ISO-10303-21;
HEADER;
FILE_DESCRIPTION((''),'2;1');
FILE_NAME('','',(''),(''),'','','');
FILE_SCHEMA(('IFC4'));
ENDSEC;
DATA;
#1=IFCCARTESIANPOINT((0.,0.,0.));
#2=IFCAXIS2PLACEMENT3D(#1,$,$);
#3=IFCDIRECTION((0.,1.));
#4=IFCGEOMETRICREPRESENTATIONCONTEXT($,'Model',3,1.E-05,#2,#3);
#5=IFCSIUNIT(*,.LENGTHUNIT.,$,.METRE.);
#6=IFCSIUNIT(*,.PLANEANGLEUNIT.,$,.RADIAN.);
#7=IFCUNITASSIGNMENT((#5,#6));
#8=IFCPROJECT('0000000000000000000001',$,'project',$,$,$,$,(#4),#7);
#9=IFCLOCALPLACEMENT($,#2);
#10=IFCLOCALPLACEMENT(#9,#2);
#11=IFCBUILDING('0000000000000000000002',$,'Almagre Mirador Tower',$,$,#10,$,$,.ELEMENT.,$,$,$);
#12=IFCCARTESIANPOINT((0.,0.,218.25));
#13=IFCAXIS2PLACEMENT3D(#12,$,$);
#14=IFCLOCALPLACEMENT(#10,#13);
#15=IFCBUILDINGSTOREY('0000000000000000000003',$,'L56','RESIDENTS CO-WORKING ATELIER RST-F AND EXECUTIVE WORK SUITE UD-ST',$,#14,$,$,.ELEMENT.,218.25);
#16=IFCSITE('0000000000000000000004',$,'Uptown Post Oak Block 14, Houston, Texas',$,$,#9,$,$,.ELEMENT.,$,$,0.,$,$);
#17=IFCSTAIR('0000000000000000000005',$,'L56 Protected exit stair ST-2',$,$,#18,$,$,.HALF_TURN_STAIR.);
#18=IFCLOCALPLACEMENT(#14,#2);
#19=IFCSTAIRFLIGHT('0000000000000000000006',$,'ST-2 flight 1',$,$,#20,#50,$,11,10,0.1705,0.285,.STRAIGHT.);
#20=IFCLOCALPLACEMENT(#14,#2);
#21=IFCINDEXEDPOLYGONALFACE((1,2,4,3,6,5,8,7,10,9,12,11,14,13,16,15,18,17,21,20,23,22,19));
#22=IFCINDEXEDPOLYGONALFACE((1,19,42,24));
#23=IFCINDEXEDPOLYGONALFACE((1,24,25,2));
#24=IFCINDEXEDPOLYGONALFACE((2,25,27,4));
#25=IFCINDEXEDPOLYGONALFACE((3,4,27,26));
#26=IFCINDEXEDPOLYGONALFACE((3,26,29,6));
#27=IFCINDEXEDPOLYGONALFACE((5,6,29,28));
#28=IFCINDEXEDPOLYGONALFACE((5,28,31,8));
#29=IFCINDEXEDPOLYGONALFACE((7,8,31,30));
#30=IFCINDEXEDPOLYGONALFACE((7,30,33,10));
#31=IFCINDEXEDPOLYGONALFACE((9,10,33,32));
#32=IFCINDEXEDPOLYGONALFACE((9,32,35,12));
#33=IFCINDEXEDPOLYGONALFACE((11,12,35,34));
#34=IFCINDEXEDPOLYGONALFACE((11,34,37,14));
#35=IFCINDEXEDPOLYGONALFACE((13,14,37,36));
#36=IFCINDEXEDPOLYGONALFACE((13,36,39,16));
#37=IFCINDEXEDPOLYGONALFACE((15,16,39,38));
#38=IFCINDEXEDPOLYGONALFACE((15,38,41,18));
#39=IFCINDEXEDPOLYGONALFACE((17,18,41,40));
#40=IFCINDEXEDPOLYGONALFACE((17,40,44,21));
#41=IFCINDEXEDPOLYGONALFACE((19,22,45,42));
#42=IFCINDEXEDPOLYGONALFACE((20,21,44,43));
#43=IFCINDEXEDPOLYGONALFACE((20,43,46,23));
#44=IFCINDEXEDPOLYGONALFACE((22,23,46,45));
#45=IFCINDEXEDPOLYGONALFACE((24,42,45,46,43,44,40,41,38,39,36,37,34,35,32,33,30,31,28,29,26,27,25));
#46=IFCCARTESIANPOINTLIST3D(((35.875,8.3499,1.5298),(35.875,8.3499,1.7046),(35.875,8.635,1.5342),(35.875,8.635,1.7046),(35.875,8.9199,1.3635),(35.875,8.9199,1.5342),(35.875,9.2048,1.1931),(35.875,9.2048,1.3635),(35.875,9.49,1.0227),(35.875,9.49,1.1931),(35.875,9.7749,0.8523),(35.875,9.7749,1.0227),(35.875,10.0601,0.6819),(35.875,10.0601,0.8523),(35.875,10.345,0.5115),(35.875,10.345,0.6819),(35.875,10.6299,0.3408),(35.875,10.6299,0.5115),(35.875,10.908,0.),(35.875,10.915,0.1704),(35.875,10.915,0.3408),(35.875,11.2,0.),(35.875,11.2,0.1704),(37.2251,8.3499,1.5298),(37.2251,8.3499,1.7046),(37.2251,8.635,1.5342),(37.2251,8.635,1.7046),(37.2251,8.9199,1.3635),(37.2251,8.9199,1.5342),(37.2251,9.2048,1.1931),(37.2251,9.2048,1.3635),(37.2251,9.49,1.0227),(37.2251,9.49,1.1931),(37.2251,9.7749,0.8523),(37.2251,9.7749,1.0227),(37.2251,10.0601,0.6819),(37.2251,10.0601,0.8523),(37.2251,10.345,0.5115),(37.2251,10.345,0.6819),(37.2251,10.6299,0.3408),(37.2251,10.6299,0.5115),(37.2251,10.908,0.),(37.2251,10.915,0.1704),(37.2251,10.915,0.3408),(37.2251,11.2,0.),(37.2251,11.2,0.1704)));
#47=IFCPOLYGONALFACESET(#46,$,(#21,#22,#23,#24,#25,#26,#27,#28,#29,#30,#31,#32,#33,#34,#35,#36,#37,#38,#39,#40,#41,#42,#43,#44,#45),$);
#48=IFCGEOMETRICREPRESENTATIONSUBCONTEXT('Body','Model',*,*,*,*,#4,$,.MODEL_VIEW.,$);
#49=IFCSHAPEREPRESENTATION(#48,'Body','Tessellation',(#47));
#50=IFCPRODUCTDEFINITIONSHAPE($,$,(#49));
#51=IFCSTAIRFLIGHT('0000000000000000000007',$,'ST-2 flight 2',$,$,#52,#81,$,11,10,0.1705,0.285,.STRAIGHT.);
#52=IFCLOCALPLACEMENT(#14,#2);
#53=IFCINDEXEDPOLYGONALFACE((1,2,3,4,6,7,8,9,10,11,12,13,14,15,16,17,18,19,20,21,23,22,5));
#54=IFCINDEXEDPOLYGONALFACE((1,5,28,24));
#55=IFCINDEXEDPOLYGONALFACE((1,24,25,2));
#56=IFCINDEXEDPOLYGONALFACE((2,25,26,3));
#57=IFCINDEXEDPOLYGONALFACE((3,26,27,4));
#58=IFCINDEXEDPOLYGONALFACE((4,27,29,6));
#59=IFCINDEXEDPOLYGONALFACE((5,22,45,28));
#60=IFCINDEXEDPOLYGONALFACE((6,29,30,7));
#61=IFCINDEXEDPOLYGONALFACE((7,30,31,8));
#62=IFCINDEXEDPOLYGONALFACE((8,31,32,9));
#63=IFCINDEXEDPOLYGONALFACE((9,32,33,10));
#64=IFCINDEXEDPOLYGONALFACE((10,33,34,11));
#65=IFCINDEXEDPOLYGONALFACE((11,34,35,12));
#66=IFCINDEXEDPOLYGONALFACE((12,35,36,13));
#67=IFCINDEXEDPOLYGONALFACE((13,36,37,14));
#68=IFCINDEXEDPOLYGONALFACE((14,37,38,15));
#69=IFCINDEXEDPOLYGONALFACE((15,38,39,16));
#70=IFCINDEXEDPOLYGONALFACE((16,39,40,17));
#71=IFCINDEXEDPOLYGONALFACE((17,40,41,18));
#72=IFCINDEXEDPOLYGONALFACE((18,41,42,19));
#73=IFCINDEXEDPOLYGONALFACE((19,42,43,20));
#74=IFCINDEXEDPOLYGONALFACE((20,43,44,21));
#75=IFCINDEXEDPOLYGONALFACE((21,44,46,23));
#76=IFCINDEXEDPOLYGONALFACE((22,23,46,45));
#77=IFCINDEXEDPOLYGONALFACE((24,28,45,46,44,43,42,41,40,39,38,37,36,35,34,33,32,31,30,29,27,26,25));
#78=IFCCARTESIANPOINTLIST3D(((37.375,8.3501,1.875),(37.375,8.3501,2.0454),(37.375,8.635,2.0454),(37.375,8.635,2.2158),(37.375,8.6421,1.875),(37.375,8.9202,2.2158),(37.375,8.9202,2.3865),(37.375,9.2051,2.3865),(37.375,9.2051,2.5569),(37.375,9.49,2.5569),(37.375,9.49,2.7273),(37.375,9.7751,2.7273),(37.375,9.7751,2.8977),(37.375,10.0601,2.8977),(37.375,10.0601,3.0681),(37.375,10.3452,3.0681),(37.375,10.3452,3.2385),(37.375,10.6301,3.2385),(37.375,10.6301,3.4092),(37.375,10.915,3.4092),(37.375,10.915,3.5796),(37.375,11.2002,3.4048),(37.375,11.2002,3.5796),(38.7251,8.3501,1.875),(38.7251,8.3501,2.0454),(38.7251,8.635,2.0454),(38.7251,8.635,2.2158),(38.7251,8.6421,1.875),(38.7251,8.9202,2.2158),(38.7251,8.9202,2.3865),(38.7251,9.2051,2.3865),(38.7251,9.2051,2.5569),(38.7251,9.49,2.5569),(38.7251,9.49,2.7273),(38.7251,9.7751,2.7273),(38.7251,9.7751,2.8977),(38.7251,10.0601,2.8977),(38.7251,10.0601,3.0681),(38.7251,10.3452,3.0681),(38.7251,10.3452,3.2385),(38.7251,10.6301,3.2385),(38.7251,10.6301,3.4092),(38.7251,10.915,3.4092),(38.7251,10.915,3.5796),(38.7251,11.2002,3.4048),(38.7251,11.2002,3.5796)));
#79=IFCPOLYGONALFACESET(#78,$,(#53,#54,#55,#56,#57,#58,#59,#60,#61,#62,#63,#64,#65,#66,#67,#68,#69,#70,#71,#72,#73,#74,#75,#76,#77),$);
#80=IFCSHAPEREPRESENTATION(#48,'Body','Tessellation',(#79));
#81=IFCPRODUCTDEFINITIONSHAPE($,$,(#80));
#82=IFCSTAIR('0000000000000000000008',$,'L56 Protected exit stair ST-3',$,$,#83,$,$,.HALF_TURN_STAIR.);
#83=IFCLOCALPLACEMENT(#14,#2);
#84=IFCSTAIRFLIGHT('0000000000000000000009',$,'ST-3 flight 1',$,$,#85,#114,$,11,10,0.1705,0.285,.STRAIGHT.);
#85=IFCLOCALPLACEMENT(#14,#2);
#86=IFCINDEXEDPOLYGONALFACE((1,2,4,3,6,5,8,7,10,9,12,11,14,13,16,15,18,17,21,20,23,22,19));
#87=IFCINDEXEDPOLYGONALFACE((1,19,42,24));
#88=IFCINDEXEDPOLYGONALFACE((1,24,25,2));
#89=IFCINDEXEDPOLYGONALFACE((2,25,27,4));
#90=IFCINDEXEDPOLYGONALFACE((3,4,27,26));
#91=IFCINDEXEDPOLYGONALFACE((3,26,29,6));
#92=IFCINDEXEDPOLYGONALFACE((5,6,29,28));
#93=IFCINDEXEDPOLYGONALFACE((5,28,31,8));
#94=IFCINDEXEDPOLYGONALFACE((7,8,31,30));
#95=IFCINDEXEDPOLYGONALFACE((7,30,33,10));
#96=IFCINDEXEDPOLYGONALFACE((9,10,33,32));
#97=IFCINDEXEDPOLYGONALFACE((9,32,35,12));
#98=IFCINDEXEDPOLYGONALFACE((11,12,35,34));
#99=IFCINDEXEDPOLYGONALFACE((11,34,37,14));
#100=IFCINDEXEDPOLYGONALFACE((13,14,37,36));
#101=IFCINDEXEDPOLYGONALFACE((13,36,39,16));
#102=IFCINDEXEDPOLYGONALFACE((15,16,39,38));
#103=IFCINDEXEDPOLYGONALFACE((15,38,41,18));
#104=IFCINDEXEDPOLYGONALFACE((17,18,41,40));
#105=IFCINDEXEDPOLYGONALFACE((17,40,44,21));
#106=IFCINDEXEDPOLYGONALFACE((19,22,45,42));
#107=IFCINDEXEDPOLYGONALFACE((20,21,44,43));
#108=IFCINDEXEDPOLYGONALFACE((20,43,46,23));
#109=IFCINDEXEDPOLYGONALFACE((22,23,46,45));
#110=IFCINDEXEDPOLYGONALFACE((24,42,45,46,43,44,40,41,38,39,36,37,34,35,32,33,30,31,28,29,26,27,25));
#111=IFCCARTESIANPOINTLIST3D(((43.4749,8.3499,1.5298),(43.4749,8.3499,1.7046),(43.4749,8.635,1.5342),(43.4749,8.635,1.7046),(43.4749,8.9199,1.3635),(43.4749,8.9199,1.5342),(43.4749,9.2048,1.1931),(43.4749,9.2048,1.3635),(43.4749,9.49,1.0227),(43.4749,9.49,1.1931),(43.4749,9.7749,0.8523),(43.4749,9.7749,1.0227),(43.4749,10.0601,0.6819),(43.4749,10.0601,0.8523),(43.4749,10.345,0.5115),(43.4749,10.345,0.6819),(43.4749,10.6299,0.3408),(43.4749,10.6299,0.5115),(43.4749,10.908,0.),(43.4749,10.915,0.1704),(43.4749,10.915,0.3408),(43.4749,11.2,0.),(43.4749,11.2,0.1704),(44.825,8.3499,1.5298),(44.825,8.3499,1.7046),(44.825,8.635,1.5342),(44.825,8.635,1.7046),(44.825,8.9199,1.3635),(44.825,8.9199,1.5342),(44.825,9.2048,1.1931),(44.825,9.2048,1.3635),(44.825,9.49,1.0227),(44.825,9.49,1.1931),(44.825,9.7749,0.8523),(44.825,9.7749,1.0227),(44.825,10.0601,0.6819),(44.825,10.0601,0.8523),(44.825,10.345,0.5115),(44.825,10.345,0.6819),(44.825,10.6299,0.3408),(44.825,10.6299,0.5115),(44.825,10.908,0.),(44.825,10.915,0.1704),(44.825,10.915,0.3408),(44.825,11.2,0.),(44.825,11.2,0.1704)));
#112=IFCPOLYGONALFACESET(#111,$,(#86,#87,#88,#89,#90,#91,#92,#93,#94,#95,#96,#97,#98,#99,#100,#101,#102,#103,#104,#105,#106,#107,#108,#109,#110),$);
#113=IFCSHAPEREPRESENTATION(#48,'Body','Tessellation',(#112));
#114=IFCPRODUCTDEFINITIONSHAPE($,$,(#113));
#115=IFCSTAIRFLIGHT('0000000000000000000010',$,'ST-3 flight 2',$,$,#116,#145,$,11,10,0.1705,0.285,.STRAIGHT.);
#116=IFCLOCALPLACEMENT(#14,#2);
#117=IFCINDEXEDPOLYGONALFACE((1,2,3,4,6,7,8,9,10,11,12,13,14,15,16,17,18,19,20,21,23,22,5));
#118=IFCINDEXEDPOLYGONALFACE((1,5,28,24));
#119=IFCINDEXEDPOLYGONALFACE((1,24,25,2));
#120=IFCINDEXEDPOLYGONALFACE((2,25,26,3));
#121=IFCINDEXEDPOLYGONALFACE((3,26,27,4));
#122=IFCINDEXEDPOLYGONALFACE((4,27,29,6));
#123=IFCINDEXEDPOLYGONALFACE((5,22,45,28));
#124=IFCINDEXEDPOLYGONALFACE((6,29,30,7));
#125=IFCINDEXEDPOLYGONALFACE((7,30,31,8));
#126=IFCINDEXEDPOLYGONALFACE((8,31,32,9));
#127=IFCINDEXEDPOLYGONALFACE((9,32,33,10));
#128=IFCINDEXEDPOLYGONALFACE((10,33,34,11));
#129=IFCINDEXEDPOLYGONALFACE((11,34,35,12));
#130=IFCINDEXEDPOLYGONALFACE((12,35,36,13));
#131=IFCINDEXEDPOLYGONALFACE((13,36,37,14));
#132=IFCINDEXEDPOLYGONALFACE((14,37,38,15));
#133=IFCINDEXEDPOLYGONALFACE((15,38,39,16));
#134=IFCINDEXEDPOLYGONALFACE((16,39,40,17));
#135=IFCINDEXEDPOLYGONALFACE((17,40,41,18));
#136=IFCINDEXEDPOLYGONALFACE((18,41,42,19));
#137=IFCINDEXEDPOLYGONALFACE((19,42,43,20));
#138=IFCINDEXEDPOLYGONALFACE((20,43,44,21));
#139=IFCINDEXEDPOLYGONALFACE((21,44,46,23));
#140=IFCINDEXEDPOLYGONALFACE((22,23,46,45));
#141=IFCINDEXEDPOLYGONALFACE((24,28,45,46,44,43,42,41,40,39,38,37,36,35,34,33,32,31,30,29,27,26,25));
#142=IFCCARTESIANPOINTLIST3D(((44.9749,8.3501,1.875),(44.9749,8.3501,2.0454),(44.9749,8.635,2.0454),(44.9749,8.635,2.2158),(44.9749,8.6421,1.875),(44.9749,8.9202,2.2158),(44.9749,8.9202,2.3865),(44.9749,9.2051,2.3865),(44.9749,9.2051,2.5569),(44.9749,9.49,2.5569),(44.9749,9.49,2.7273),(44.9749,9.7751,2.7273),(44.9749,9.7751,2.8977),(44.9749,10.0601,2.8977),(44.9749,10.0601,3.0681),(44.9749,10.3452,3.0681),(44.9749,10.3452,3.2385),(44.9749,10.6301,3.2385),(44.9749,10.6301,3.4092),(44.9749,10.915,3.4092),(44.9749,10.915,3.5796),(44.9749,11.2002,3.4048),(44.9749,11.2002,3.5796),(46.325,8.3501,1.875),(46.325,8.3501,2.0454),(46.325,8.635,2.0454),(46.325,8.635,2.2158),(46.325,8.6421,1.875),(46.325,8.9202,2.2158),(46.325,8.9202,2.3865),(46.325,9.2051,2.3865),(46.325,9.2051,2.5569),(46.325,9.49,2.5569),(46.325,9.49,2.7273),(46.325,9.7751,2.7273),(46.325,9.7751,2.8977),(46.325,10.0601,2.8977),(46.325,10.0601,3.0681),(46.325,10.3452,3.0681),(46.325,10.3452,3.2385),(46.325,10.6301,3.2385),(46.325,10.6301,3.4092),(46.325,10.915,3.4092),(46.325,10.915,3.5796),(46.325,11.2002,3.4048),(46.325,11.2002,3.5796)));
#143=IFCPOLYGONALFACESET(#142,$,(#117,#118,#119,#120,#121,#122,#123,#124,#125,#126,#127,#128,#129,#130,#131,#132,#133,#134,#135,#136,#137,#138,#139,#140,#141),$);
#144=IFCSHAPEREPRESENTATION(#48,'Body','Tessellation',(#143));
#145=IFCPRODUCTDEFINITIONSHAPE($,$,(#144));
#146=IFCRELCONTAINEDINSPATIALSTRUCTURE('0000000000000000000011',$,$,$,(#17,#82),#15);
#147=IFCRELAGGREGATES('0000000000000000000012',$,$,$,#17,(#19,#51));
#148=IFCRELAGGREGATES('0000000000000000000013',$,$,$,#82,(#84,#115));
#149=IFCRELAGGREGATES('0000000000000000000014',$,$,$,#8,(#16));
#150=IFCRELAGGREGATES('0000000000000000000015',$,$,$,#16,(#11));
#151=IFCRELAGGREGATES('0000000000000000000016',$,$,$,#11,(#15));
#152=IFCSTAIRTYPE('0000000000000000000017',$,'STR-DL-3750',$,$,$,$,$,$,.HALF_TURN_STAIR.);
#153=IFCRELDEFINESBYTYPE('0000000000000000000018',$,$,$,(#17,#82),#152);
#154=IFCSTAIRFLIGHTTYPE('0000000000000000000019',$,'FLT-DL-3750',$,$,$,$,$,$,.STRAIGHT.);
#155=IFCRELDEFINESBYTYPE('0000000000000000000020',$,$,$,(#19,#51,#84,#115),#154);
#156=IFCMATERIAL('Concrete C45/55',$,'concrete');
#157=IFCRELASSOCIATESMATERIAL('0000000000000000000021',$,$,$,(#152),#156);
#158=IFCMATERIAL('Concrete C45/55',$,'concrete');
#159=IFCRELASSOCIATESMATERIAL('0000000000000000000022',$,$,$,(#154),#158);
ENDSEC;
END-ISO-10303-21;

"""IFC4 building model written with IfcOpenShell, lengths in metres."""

from ifc_helpers import new_model, si_unit, direction, frame, origin, place, context, subcontext, project, spatial, polyline, outline, extrude, material, type_object, element, aggregate, save


model = new_model("IFC4")

# Units and contexts
model_context = context("Model", 3, precision=1e-05, world=origin(), true_north=direction((0.0, 1.0)))
body_context = subcontext(model_context, "Body", "Model", "MODEL_VIEW")
ifc_project = project(units=[si_unit("LENGTHUNIT", "METRE"), si_unit("PLANEANGLEUNIT", "RADIAN")], contexts=[model_context])

# Site, building, storey
site_placement = place(None, origin())
site = spatial("IfcSite", under=ifc_project, at=site_placement, Name="Uptown Post Oak Block 14, Houston, Texas", CompositionType="ELEMENT", RefElevation=0.0)
building_placement = place(site_placement, origin())
building = spatial("IfcBuilding", under=site, at=building_placement, Name="Almagre Mirador Tower", CompositionType="ELEMENT")
storey_placement = place(building_placement, frame((0.0, 0.0, 218.25)))
storey = spatial("IfcBuildingStorey", under=building, at=storey_placement, Name="L56", Description="RESIDENTS CO-WORKING ATELIER RST-F AND EXECUTIVE WORK SUITE UD-ST", CompositionType="ELEMENT", Elevation=218.25)

# Stairs, stair flights
ifc_material_1 = material(Name="Concrete C45/55", Category="concrete")
stair_type = type_object("IfcStairType", Name="STR-DL-3750", PredefinedType="HALF_TURN_STAIR", material=ifc_material_1)
stair_1_placement = place(storey_placement, origin())
stair_1 = element("IfcStair", 1, at=stair_1_placement, inside=storey, type_object=stair_type, Name="L56 Protected exit stair ST-2", PredefinedType="HALF_TURN_STAIR")
ifc_material_2 = material(Name="Concrete C45/55", Category="concrete")
stair_flight_type = type_object("IfcStairFlightType", Name="FLT-DL-3750", PredefinedType="STRAIGHT", material=ifc_material_2)
stair_flight_1_placement = place(storey_placement, frame((36.55, 11.2, 0.0), z_axis=(0.0, 0.0, 1.0), x_axis=(0.0, -1.0, 0.0)))
stair_flight_1 = element("IfcStairFlight", 2, at=stair_flight_1_placement, type_object=stair_flight_type, Name="ST-2 flight 1", NumberOfRisers=11, NumberOfTreads=10, PredefinedType="STRAIGHT", RiserHeight=0.1705, TreadLength=0.285, context=body_context, shape_type="SweptSolid", body=[
    extrude(outline(polyline([(0.0, 0.0), (0.0, 0.1704), (0.2849, 0.1704), (0.2849, 0.3408), (0.5701, 0.3408), (0.5701, 0.5115), (0.855, 0.5115), (0.855, 0.6819), (1.1399, 0.6819), (1.1399, 0.8523), (1.425, 0.8523), (1.425, 1.0227), (1.71, 1.0227), (1.71, 1.1931), (1.9951, 1.1931), (1.9951, 1.3635), (2.28, 1.3635), (2.28, 1.5342), (2.5649, 1.5342), (2.5649, 1.7046), (2.8501, 1.7046), (2.8501, 1.875), (2.8501, 1.5298), (0.292, 0.0), (0.0, 0.0)])), frame((0.0, 0.675, 0.0), z_axis=(0.0, -1.0, 0.0), x_axis=(1.0, 0.0, 0.0)), (0.0, 0.0, 1.0), 1.3501),
])
stair_flight_2_placement = place(storey_placement, frame((38.05, 8.3501, 1.875), z_axis=(0.0, 0.0, 1.0), x_axis=(0.0, 1.0, 0.0)))
stair_flight_2 = element("IfcStairFlight", 3, at=stair_flight_2_placement, type_object=stair_flight_type, Name="ST-2 flight 2", NumberOfRisers=11, NumberOfTreads=10, PredefinedType="STRAIGHT", RiserHeight=0.1705, TreadLength=0.285, context=body_context, shape_type="SweptSolid", body=[
    extrude(outline(polyline([(0.0, 0.0), (0.0, 0.1704), (0.2849, 0.1704), (0.2849, 0.3408), (0.5701, 0.3408), (0.5701, 0.5115), (0.855, 0.5115), (0.855, 0.6819), (1.1399, 0.6819), (1.1399, 0.8523), (1.425, 0.8523), (1.425, 1.0227), (1.71, 1.0227), (1.71, 1.1931), (1.9951, 1.1931), (1.9951, 1.3635), (2.28, 1.3635), (2.28, 1.5342), (2.5649, 1.5342), (2.5649, 1.7046), (2.8501, 1.7046), (2.8501, 1.875), (2.8501, 1.5298), (0.292, 0.0), (0.0, 0.0)])), frame((0.0, 0.675, 0.0), z_axis=(0.0, -1.0, 0.0), x_axis=(1.0, 0.0, 0.0)), (0.0, 0.0, 1.0), 1.3501),
])
aggregate(stair_1, [stair_flight_1, stair_flight_2])
stair_2_placement = place(storey_placement, origin())
stair_2 = element("IfcStair", 4, at=stair_2_placement, inside=storey, type_object=stair_type, Name="L56 Protected exit stair ST-3", PredefinedType="HALF_TURN_STAIR")
stair_flight_3_placement = place(storey_placement, frame((44.1499, 11.2, 0.0), z_axis=(0.0, 0.0, 1.0), x_axis=(0.0, -1.0, 0.0)))
stair_flight_3 = element("IfcStairFlight", 5, at=stair_flight_3_placement, type_object=stair_flight_type, Name="ST-3 flight 1", NumberOfRisers=11, NumberOfTreads=10, PredefinedType="STRAIGHT", RiserHeight=0.1705, TreadLength=0.285, context=body_context, shape_type="SweptSolid", body=[
    extrude(outline(polyline([(0.0, 0.0), (0.0, 0.1704), (0.2849, 0.1704), (0.2849, 0.3408), (0.5701, 0.3408), (0.5701, 0.5115), (0.855, 0.5115), (0.855, 0.6819), (1.1399, 0.6819), (1.1399, 0.8523), (1.425, 0.8523), (1.425, 1.0227), (1.71, 1.0227), (1.71, 1.1931), (1.9951, 1.1931), (1.9951, 1.3635), (2.28, 1.3635), (2.28, 1.5342), (2.5649, 1.5342), (2.5649, 1.7046), (2.8501, 1.7046), (2.8501, 1.875), (2.8501, 1.5298), (0.292, 0.0), (0.0, 0.0)])), frame((0.0, 0.675, 0.0), z_axis=(0.0, -1.0, 0.0), x_axis=(1.0, 0.0, 0.0)), (0.0, 0.0, 1.0), 1.3501),
])
stair_flight_4_placement = place(storey_placement, frame((45.6499, 8.3501, 1.875), z_axis=(0.0, 0.0, 1.0), x_axis=(0.0, 1.0, 0.0)))
stair_flight_4 = element("IfcStairFlight", 6, at=stair_flight_4_placement, type_object=stair_flight_type, Name="ST-3 flight 2", NumberOfRisers=11, NumberOfTreads=10, PredefinedType="STRAIGHT", RiserHeight=0.1705, TreadLength=0.285, context=body_context, shape_type="SweptSolid", body=[
    extrude(outline(polyline([(0.0, 0.0), (0.0, 0.1704), (0.2849, 0.1704), (0.2849, 0.3408), (0.5701, 0.3408), (0.5701, 0.5115), (0.855, 0.5115), (0.855, 0.6819), (1.1399, 0.6819), (1.1399, 0.8523), (1.425, 0.8523), (1.425, 1.0227), (1.71, 1.0227), (1.71, 1.1931), (1.9951, 1.1931), (1.9951, 1.3635), (2.28, 1.3635), (2.28, 1.5342), (2.5649, 1.5342), (2.5649, 1.7046), (2.8501, 1.7046), (2.8501, 1.875), (2.8501, 1.5298), (0.292, 0.0), (0.0, 0.0)])), frame((0.0, 0.675, 0.0), z_axis=(0.0, -1.0, 0.0), x_axis=(1.0, 0.0, 0.0)), (0.0, 0.0, 1.0), 1.3501),
])
aggregate(stair_2, [stair_flight_3, stair_flight_4])

save(model, "model.ifc")
